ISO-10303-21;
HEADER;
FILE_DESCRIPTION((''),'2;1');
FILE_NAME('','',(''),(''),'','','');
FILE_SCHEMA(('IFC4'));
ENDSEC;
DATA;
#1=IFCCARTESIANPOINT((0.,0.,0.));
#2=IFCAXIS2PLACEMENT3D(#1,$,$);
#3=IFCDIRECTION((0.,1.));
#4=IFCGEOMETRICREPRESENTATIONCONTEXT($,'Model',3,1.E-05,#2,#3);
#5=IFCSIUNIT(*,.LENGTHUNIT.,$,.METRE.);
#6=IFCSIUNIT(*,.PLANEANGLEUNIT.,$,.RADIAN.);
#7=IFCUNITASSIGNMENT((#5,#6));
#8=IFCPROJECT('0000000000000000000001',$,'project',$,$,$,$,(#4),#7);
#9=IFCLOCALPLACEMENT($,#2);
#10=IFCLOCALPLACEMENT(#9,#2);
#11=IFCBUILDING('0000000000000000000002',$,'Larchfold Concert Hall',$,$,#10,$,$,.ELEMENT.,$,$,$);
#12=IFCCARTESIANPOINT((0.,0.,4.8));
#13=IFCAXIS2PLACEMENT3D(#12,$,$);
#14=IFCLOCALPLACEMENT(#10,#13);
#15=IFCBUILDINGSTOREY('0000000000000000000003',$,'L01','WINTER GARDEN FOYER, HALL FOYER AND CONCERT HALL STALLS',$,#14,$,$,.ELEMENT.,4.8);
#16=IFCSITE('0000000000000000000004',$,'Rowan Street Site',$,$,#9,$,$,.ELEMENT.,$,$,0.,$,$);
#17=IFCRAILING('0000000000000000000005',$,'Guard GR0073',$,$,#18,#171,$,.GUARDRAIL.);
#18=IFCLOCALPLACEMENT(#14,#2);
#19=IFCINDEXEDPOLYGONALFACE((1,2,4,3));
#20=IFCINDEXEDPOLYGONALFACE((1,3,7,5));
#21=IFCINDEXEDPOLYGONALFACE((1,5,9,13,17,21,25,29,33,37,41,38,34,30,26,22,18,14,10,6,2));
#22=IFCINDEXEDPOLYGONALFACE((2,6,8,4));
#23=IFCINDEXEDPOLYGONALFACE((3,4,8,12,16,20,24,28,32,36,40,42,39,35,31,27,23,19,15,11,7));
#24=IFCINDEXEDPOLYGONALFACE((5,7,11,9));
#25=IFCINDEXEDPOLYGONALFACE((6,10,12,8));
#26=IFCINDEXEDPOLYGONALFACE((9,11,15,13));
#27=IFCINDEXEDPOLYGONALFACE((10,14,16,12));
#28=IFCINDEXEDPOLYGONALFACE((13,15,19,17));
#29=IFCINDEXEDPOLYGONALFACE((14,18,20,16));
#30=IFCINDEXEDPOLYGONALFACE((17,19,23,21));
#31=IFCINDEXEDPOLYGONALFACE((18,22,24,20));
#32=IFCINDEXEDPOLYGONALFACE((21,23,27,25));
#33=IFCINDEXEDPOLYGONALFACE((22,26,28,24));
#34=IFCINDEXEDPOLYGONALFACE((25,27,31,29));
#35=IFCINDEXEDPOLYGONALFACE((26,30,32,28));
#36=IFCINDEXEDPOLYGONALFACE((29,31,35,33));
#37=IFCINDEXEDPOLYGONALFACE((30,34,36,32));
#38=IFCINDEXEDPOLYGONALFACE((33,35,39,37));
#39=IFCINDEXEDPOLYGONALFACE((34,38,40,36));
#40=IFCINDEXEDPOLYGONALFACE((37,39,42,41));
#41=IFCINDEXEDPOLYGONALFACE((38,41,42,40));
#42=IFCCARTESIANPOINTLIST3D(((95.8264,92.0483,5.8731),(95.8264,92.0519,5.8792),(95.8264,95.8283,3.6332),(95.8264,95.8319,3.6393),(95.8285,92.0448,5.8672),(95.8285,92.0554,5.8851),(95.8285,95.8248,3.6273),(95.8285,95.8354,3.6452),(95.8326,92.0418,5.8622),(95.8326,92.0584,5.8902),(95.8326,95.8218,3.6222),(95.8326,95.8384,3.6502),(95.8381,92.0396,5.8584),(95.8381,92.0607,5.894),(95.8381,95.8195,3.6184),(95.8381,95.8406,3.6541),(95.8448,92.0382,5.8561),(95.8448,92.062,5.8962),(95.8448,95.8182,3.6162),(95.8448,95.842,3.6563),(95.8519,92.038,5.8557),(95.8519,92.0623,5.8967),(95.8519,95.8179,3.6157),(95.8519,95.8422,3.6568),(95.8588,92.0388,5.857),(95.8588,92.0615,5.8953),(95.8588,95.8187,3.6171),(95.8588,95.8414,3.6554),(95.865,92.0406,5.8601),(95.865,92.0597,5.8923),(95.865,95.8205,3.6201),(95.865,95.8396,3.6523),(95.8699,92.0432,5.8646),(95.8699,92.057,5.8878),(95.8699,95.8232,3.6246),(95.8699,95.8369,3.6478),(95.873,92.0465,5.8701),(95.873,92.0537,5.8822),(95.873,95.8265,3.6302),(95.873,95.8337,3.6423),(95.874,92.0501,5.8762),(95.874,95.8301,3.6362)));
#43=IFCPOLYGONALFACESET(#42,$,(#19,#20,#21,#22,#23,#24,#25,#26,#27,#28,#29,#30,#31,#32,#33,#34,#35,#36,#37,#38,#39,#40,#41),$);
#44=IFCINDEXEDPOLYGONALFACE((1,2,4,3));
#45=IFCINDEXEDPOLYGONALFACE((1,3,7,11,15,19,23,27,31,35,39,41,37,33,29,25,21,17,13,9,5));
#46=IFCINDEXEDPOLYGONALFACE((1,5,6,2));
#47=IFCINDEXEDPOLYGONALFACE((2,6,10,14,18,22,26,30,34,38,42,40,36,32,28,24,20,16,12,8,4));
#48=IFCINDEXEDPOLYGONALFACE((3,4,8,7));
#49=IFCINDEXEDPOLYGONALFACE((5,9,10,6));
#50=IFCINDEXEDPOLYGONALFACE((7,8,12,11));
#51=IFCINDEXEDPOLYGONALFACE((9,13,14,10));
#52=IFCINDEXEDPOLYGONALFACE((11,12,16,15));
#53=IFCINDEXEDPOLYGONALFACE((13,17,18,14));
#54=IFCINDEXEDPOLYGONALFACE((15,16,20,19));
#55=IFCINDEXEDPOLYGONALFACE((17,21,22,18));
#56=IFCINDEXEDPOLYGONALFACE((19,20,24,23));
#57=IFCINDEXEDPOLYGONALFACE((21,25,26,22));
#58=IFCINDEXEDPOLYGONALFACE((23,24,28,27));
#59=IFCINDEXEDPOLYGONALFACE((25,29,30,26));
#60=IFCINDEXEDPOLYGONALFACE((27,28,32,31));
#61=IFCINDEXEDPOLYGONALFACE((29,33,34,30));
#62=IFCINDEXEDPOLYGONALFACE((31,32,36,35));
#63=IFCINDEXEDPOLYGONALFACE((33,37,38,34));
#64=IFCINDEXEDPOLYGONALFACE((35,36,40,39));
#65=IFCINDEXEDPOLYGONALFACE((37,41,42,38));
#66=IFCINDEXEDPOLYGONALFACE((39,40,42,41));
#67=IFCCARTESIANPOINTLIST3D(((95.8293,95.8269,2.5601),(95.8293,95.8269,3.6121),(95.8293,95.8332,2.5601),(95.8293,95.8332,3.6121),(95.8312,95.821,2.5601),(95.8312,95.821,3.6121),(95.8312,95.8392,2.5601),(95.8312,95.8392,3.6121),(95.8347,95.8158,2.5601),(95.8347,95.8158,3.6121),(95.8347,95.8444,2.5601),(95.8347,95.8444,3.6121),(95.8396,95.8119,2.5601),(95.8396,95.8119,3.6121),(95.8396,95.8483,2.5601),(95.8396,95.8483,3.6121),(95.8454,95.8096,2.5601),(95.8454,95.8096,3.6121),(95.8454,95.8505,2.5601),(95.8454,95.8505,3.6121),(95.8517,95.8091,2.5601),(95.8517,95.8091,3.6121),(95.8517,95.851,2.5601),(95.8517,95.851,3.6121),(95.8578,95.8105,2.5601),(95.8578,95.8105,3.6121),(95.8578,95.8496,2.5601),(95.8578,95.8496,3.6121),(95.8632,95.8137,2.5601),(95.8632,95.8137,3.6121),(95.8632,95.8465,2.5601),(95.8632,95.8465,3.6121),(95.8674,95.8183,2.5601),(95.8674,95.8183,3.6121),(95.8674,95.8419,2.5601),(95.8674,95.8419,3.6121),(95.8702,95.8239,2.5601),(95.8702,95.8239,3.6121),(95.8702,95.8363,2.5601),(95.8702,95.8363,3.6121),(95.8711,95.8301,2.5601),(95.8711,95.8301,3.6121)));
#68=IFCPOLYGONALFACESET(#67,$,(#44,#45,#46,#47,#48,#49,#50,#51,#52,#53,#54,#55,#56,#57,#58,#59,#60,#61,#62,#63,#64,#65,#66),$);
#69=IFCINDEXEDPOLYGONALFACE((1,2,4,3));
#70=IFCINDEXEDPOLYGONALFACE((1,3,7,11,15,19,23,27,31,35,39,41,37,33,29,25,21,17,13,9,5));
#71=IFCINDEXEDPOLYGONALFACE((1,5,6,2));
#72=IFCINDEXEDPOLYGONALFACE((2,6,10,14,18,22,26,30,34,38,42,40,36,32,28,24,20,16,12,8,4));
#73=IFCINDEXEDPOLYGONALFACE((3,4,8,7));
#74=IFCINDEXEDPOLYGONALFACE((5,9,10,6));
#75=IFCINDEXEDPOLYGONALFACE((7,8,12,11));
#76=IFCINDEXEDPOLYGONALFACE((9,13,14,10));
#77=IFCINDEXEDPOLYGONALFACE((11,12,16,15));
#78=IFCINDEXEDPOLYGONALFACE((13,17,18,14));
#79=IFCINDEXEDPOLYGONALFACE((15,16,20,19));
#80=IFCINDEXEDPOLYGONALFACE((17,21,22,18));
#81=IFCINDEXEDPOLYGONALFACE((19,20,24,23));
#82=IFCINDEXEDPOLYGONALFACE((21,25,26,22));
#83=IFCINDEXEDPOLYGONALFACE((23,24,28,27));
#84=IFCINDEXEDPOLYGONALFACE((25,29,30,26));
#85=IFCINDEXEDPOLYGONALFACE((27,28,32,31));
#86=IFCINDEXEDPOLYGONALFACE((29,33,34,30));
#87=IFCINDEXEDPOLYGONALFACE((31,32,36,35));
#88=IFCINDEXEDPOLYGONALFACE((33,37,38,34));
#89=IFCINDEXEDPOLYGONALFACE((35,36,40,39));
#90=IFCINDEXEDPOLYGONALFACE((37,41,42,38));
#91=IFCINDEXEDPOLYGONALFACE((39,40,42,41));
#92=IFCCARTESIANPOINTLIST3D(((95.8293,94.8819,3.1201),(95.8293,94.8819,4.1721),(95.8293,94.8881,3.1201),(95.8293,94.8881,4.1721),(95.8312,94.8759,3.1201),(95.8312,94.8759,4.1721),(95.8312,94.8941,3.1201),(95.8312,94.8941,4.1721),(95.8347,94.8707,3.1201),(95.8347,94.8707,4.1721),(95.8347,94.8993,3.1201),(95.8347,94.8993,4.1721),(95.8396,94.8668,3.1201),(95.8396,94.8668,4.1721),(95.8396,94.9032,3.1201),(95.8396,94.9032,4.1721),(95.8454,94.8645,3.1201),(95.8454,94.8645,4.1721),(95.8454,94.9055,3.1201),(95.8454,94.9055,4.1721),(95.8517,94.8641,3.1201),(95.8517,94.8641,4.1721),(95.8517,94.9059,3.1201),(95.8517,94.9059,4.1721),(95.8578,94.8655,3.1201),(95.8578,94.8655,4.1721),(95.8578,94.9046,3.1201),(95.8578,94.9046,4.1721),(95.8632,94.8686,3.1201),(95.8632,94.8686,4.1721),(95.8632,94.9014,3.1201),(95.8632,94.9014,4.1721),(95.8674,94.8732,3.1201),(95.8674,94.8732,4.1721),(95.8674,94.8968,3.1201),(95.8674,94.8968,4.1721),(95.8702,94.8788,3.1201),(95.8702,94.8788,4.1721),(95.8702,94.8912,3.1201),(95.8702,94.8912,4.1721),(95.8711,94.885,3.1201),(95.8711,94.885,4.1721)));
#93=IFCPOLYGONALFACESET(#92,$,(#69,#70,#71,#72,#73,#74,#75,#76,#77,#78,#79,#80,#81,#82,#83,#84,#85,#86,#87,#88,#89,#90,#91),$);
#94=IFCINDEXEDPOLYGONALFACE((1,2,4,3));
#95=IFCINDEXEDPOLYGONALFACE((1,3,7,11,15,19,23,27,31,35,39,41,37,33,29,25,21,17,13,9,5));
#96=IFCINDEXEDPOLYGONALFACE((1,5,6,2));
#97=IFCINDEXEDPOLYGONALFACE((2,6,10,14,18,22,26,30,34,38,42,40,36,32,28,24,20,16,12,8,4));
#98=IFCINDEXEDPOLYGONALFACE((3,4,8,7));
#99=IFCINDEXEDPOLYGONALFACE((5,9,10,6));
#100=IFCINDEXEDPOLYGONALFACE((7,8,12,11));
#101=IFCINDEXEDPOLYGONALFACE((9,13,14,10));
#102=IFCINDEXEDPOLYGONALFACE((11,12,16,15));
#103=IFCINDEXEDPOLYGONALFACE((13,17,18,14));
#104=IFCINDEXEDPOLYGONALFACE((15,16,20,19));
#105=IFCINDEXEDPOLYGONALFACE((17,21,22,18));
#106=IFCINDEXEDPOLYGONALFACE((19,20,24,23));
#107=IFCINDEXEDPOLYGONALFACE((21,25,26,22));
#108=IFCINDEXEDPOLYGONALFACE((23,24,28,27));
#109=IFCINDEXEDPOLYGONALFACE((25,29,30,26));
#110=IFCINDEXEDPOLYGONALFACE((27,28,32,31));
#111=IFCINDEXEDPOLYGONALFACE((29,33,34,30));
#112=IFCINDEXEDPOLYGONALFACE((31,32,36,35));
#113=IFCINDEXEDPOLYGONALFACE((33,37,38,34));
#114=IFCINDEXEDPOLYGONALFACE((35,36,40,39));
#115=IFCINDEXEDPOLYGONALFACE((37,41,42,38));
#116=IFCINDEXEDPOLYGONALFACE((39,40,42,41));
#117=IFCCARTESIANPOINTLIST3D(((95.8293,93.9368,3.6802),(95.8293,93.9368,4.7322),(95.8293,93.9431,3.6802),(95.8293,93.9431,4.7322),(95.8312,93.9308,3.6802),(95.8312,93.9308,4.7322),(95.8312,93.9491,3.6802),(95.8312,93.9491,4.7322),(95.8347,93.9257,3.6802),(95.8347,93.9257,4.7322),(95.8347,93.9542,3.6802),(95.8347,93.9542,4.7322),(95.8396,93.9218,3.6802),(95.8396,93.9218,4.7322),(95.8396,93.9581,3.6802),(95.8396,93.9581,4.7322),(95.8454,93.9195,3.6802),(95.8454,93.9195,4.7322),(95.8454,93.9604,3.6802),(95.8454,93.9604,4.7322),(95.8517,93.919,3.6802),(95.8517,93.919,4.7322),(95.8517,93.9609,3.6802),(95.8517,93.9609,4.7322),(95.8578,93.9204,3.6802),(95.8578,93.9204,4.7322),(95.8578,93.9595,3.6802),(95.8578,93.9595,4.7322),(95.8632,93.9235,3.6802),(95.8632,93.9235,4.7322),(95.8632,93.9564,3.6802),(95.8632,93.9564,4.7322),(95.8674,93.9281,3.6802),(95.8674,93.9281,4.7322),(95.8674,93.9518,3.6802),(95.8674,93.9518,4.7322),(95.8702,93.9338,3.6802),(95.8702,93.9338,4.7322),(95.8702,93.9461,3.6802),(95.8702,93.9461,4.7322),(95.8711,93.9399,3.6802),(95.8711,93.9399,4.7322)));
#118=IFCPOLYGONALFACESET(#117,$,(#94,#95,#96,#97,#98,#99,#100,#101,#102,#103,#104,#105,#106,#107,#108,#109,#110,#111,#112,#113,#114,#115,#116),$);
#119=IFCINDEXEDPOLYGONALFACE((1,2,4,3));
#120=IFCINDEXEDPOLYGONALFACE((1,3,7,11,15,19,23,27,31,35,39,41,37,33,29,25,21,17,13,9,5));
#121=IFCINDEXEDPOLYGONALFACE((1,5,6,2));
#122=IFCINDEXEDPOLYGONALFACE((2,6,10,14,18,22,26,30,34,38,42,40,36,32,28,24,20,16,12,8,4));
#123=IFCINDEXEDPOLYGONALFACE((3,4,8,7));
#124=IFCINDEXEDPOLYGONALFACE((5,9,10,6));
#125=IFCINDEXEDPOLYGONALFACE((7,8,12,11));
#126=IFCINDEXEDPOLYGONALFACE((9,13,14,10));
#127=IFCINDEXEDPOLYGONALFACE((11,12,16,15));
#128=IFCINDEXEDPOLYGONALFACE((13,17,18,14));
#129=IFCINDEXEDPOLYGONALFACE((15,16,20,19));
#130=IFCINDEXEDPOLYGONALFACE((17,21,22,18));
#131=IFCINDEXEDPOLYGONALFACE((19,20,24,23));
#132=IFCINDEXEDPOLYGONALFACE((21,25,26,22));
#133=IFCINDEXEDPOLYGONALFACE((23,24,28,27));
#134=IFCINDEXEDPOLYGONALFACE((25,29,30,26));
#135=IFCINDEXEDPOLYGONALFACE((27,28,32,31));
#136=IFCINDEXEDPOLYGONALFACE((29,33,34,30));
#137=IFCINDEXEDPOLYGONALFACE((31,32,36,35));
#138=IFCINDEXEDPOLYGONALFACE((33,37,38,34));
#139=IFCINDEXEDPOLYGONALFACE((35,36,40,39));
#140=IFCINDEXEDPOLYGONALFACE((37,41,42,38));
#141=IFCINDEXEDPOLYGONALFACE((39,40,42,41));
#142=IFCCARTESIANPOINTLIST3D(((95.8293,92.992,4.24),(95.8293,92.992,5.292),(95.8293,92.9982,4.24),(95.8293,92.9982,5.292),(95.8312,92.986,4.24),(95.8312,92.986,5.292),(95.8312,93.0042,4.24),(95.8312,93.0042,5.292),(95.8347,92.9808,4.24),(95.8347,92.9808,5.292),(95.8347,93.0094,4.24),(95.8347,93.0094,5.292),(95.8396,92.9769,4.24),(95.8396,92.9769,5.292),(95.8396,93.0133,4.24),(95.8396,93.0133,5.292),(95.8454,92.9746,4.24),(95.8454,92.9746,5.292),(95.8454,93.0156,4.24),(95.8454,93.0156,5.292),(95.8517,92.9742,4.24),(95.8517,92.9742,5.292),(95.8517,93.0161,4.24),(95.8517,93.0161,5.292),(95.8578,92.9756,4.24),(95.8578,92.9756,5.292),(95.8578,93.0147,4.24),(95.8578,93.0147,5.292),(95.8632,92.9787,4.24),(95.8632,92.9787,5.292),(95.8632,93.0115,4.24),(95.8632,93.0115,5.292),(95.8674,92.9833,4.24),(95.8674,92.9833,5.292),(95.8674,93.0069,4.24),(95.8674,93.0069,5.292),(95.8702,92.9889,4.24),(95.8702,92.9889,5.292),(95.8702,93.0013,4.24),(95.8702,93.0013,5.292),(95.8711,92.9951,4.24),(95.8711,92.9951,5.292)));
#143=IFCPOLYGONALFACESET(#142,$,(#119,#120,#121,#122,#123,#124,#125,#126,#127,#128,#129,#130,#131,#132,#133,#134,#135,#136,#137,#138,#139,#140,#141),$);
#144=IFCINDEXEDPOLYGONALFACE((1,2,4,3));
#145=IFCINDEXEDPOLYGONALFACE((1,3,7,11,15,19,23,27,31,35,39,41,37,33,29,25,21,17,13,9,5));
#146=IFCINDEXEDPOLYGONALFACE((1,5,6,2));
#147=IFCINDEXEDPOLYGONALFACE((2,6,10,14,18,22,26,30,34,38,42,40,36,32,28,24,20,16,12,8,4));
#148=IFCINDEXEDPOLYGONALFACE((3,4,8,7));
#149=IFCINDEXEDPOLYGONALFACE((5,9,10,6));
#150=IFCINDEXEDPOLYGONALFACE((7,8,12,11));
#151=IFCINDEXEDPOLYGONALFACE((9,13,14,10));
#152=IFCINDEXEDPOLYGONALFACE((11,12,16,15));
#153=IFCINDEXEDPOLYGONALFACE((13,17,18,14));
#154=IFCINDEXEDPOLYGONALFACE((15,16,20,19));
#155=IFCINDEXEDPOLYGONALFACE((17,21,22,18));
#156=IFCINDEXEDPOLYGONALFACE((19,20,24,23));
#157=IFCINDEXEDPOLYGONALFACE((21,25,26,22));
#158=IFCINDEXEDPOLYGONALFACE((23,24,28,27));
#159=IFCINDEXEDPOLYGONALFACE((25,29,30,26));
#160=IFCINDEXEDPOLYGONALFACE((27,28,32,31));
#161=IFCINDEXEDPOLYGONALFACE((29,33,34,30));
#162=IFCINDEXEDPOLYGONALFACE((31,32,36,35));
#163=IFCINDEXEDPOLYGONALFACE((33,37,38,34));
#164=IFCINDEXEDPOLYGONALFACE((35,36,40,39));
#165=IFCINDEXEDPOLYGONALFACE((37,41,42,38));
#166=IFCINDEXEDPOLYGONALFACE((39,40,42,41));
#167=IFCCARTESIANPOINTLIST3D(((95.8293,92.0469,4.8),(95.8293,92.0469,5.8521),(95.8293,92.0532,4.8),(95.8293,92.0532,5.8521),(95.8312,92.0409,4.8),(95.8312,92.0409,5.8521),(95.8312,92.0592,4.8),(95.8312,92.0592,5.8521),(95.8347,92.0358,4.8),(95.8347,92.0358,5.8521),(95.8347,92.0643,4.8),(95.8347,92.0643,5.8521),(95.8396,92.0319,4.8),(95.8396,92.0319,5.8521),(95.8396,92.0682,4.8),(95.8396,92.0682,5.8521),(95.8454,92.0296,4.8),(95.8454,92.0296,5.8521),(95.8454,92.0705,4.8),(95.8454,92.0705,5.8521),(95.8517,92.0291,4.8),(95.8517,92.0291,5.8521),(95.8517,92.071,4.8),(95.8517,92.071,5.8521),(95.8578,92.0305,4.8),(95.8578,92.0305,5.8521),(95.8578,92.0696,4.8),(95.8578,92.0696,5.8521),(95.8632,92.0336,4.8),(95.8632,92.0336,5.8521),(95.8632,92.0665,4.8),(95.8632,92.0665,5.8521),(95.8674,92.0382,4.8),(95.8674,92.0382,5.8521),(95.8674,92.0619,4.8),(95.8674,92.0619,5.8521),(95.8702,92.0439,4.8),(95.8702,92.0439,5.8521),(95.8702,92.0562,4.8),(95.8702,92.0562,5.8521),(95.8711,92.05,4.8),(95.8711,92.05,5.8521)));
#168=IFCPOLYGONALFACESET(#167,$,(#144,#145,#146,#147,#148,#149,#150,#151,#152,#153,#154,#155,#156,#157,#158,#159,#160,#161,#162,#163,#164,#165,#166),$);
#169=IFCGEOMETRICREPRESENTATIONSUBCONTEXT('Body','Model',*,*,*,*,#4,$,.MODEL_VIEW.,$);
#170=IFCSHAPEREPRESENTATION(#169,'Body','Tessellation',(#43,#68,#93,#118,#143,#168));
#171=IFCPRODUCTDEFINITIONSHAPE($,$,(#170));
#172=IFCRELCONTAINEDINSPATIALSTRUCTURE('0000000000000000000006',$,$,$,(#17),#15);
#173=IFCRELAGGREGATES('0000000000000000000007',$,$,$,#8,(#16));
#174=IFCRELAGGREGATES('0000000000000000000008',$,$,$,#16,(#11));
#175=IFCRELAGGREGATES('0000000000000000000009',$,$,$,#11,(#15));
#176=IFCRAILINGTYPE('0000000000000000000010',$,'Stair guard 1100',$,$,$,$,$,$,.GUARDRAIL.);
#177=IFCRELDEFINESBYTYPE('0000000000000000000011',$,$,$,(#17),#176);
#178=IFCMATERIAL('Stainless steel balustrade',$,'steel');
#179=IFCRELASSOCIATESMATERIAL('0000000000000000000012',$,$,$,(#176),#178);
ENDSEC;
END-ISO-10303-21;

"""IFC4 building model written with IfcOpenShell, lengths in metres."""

from ifc_helpers import new_model, si_unit, direction, frame, origin, origin_2d, place, context, subcontext, project, spatial, circle, extrude, material, type_object, element, save


model = new_model("IFC4")

# Units and contexts
model_context = context("Model", 3, precision=1e-05, world=origin(), true_north=direction((0.0, 1.0)))
body_context = subcontext(model_context, "Body", "Model", "MODEL_VIEW")
ifc_project = project(units=[si_unit("LENGTHUNIT", "METRE"), si_unit("PLANEANGLEUNIT", "RADIAN")], contexts=[model_context])

# Site, building, storey
site_placement = place(None, origin())
site = spatial("IfcSite", under=ifc_project, at=site_placement, Name="Rowan Street Site", CompositionType="ELEMENT", RefElevation=0.0)
building_placement = place(site_placement, origin())
building = spatial("IfcBuilding", under=site, at=building_placement, Name="Larchfold Concert Hall", CompositionType="ELEMENT")
storey_placement = place(building_placement, frame((0.0, 0.0, 4.8)))
storey = spatial("IfcBuildingStorey", under=building, at=storey_placement, Name="L01", Description="WINTER GARDEN FOYER, HALL FOYER AND CONCERT HALL STALLS", CompositionType="ELEMENT", Elevation=4.8)

# Railing
ifc_material_1 = material(Name="Stainless steel balustrade", Category="steel")
railing_type_1 = type_object("IfcRailingType", Name="Stair guard 1100", PredefinedType="GUARDRAIL", material=ifc_material_1)
railing_1_placement = place(storey_placement, frame((95.8501, 95.8301, 2.5601)))
element("IfcRailing", 1, at=railing_1_placement, inside=storey, type_object=railing_type_1, Name="Guard GR0073", PredefinedType="GUARDRAIL", context=body_context, shape_type="SweptSolid", body=[
    extrude(circle(Radius=0.0239, at=origin_2d()), frame((0.0, 0.0, 1.0762), z_axis=(0.0, -0.860294, 0.509798), x_axis=(1.0, 0.0, 0.0)), (0.0, 0.0, 1.0), 4.3938),
    extrude(circle(Radius=0.021, at=origin_2d()), origin(), (0.0, 0.0, 1.0), 1.052),
    extrude(circle(Radius=0.021, at=origin_2d()), frame((0.0, -0.9451, 0.5601)), (0.0, 0.0, 1.0), 1.052),
    extrude(circle(Radius=0.021, at=origin_2d()), frame((0.0, -1.8901, 1.1201)), (0.0, 0.0, 1.0), 1.052),
    extrude(circle(Radius=0.021, at=origin_2d()), frame((0.0, -2.835, 1.6799)), (0.0, 0.0, 1.0), 1.052),
    extrude(circle(Radius=0.021, at=origin_2d()), frame((0.0, -3.78, 2.24)), (0.0, 0.0, 1.0), 1.052),
])

save(model, "model.ifc")
